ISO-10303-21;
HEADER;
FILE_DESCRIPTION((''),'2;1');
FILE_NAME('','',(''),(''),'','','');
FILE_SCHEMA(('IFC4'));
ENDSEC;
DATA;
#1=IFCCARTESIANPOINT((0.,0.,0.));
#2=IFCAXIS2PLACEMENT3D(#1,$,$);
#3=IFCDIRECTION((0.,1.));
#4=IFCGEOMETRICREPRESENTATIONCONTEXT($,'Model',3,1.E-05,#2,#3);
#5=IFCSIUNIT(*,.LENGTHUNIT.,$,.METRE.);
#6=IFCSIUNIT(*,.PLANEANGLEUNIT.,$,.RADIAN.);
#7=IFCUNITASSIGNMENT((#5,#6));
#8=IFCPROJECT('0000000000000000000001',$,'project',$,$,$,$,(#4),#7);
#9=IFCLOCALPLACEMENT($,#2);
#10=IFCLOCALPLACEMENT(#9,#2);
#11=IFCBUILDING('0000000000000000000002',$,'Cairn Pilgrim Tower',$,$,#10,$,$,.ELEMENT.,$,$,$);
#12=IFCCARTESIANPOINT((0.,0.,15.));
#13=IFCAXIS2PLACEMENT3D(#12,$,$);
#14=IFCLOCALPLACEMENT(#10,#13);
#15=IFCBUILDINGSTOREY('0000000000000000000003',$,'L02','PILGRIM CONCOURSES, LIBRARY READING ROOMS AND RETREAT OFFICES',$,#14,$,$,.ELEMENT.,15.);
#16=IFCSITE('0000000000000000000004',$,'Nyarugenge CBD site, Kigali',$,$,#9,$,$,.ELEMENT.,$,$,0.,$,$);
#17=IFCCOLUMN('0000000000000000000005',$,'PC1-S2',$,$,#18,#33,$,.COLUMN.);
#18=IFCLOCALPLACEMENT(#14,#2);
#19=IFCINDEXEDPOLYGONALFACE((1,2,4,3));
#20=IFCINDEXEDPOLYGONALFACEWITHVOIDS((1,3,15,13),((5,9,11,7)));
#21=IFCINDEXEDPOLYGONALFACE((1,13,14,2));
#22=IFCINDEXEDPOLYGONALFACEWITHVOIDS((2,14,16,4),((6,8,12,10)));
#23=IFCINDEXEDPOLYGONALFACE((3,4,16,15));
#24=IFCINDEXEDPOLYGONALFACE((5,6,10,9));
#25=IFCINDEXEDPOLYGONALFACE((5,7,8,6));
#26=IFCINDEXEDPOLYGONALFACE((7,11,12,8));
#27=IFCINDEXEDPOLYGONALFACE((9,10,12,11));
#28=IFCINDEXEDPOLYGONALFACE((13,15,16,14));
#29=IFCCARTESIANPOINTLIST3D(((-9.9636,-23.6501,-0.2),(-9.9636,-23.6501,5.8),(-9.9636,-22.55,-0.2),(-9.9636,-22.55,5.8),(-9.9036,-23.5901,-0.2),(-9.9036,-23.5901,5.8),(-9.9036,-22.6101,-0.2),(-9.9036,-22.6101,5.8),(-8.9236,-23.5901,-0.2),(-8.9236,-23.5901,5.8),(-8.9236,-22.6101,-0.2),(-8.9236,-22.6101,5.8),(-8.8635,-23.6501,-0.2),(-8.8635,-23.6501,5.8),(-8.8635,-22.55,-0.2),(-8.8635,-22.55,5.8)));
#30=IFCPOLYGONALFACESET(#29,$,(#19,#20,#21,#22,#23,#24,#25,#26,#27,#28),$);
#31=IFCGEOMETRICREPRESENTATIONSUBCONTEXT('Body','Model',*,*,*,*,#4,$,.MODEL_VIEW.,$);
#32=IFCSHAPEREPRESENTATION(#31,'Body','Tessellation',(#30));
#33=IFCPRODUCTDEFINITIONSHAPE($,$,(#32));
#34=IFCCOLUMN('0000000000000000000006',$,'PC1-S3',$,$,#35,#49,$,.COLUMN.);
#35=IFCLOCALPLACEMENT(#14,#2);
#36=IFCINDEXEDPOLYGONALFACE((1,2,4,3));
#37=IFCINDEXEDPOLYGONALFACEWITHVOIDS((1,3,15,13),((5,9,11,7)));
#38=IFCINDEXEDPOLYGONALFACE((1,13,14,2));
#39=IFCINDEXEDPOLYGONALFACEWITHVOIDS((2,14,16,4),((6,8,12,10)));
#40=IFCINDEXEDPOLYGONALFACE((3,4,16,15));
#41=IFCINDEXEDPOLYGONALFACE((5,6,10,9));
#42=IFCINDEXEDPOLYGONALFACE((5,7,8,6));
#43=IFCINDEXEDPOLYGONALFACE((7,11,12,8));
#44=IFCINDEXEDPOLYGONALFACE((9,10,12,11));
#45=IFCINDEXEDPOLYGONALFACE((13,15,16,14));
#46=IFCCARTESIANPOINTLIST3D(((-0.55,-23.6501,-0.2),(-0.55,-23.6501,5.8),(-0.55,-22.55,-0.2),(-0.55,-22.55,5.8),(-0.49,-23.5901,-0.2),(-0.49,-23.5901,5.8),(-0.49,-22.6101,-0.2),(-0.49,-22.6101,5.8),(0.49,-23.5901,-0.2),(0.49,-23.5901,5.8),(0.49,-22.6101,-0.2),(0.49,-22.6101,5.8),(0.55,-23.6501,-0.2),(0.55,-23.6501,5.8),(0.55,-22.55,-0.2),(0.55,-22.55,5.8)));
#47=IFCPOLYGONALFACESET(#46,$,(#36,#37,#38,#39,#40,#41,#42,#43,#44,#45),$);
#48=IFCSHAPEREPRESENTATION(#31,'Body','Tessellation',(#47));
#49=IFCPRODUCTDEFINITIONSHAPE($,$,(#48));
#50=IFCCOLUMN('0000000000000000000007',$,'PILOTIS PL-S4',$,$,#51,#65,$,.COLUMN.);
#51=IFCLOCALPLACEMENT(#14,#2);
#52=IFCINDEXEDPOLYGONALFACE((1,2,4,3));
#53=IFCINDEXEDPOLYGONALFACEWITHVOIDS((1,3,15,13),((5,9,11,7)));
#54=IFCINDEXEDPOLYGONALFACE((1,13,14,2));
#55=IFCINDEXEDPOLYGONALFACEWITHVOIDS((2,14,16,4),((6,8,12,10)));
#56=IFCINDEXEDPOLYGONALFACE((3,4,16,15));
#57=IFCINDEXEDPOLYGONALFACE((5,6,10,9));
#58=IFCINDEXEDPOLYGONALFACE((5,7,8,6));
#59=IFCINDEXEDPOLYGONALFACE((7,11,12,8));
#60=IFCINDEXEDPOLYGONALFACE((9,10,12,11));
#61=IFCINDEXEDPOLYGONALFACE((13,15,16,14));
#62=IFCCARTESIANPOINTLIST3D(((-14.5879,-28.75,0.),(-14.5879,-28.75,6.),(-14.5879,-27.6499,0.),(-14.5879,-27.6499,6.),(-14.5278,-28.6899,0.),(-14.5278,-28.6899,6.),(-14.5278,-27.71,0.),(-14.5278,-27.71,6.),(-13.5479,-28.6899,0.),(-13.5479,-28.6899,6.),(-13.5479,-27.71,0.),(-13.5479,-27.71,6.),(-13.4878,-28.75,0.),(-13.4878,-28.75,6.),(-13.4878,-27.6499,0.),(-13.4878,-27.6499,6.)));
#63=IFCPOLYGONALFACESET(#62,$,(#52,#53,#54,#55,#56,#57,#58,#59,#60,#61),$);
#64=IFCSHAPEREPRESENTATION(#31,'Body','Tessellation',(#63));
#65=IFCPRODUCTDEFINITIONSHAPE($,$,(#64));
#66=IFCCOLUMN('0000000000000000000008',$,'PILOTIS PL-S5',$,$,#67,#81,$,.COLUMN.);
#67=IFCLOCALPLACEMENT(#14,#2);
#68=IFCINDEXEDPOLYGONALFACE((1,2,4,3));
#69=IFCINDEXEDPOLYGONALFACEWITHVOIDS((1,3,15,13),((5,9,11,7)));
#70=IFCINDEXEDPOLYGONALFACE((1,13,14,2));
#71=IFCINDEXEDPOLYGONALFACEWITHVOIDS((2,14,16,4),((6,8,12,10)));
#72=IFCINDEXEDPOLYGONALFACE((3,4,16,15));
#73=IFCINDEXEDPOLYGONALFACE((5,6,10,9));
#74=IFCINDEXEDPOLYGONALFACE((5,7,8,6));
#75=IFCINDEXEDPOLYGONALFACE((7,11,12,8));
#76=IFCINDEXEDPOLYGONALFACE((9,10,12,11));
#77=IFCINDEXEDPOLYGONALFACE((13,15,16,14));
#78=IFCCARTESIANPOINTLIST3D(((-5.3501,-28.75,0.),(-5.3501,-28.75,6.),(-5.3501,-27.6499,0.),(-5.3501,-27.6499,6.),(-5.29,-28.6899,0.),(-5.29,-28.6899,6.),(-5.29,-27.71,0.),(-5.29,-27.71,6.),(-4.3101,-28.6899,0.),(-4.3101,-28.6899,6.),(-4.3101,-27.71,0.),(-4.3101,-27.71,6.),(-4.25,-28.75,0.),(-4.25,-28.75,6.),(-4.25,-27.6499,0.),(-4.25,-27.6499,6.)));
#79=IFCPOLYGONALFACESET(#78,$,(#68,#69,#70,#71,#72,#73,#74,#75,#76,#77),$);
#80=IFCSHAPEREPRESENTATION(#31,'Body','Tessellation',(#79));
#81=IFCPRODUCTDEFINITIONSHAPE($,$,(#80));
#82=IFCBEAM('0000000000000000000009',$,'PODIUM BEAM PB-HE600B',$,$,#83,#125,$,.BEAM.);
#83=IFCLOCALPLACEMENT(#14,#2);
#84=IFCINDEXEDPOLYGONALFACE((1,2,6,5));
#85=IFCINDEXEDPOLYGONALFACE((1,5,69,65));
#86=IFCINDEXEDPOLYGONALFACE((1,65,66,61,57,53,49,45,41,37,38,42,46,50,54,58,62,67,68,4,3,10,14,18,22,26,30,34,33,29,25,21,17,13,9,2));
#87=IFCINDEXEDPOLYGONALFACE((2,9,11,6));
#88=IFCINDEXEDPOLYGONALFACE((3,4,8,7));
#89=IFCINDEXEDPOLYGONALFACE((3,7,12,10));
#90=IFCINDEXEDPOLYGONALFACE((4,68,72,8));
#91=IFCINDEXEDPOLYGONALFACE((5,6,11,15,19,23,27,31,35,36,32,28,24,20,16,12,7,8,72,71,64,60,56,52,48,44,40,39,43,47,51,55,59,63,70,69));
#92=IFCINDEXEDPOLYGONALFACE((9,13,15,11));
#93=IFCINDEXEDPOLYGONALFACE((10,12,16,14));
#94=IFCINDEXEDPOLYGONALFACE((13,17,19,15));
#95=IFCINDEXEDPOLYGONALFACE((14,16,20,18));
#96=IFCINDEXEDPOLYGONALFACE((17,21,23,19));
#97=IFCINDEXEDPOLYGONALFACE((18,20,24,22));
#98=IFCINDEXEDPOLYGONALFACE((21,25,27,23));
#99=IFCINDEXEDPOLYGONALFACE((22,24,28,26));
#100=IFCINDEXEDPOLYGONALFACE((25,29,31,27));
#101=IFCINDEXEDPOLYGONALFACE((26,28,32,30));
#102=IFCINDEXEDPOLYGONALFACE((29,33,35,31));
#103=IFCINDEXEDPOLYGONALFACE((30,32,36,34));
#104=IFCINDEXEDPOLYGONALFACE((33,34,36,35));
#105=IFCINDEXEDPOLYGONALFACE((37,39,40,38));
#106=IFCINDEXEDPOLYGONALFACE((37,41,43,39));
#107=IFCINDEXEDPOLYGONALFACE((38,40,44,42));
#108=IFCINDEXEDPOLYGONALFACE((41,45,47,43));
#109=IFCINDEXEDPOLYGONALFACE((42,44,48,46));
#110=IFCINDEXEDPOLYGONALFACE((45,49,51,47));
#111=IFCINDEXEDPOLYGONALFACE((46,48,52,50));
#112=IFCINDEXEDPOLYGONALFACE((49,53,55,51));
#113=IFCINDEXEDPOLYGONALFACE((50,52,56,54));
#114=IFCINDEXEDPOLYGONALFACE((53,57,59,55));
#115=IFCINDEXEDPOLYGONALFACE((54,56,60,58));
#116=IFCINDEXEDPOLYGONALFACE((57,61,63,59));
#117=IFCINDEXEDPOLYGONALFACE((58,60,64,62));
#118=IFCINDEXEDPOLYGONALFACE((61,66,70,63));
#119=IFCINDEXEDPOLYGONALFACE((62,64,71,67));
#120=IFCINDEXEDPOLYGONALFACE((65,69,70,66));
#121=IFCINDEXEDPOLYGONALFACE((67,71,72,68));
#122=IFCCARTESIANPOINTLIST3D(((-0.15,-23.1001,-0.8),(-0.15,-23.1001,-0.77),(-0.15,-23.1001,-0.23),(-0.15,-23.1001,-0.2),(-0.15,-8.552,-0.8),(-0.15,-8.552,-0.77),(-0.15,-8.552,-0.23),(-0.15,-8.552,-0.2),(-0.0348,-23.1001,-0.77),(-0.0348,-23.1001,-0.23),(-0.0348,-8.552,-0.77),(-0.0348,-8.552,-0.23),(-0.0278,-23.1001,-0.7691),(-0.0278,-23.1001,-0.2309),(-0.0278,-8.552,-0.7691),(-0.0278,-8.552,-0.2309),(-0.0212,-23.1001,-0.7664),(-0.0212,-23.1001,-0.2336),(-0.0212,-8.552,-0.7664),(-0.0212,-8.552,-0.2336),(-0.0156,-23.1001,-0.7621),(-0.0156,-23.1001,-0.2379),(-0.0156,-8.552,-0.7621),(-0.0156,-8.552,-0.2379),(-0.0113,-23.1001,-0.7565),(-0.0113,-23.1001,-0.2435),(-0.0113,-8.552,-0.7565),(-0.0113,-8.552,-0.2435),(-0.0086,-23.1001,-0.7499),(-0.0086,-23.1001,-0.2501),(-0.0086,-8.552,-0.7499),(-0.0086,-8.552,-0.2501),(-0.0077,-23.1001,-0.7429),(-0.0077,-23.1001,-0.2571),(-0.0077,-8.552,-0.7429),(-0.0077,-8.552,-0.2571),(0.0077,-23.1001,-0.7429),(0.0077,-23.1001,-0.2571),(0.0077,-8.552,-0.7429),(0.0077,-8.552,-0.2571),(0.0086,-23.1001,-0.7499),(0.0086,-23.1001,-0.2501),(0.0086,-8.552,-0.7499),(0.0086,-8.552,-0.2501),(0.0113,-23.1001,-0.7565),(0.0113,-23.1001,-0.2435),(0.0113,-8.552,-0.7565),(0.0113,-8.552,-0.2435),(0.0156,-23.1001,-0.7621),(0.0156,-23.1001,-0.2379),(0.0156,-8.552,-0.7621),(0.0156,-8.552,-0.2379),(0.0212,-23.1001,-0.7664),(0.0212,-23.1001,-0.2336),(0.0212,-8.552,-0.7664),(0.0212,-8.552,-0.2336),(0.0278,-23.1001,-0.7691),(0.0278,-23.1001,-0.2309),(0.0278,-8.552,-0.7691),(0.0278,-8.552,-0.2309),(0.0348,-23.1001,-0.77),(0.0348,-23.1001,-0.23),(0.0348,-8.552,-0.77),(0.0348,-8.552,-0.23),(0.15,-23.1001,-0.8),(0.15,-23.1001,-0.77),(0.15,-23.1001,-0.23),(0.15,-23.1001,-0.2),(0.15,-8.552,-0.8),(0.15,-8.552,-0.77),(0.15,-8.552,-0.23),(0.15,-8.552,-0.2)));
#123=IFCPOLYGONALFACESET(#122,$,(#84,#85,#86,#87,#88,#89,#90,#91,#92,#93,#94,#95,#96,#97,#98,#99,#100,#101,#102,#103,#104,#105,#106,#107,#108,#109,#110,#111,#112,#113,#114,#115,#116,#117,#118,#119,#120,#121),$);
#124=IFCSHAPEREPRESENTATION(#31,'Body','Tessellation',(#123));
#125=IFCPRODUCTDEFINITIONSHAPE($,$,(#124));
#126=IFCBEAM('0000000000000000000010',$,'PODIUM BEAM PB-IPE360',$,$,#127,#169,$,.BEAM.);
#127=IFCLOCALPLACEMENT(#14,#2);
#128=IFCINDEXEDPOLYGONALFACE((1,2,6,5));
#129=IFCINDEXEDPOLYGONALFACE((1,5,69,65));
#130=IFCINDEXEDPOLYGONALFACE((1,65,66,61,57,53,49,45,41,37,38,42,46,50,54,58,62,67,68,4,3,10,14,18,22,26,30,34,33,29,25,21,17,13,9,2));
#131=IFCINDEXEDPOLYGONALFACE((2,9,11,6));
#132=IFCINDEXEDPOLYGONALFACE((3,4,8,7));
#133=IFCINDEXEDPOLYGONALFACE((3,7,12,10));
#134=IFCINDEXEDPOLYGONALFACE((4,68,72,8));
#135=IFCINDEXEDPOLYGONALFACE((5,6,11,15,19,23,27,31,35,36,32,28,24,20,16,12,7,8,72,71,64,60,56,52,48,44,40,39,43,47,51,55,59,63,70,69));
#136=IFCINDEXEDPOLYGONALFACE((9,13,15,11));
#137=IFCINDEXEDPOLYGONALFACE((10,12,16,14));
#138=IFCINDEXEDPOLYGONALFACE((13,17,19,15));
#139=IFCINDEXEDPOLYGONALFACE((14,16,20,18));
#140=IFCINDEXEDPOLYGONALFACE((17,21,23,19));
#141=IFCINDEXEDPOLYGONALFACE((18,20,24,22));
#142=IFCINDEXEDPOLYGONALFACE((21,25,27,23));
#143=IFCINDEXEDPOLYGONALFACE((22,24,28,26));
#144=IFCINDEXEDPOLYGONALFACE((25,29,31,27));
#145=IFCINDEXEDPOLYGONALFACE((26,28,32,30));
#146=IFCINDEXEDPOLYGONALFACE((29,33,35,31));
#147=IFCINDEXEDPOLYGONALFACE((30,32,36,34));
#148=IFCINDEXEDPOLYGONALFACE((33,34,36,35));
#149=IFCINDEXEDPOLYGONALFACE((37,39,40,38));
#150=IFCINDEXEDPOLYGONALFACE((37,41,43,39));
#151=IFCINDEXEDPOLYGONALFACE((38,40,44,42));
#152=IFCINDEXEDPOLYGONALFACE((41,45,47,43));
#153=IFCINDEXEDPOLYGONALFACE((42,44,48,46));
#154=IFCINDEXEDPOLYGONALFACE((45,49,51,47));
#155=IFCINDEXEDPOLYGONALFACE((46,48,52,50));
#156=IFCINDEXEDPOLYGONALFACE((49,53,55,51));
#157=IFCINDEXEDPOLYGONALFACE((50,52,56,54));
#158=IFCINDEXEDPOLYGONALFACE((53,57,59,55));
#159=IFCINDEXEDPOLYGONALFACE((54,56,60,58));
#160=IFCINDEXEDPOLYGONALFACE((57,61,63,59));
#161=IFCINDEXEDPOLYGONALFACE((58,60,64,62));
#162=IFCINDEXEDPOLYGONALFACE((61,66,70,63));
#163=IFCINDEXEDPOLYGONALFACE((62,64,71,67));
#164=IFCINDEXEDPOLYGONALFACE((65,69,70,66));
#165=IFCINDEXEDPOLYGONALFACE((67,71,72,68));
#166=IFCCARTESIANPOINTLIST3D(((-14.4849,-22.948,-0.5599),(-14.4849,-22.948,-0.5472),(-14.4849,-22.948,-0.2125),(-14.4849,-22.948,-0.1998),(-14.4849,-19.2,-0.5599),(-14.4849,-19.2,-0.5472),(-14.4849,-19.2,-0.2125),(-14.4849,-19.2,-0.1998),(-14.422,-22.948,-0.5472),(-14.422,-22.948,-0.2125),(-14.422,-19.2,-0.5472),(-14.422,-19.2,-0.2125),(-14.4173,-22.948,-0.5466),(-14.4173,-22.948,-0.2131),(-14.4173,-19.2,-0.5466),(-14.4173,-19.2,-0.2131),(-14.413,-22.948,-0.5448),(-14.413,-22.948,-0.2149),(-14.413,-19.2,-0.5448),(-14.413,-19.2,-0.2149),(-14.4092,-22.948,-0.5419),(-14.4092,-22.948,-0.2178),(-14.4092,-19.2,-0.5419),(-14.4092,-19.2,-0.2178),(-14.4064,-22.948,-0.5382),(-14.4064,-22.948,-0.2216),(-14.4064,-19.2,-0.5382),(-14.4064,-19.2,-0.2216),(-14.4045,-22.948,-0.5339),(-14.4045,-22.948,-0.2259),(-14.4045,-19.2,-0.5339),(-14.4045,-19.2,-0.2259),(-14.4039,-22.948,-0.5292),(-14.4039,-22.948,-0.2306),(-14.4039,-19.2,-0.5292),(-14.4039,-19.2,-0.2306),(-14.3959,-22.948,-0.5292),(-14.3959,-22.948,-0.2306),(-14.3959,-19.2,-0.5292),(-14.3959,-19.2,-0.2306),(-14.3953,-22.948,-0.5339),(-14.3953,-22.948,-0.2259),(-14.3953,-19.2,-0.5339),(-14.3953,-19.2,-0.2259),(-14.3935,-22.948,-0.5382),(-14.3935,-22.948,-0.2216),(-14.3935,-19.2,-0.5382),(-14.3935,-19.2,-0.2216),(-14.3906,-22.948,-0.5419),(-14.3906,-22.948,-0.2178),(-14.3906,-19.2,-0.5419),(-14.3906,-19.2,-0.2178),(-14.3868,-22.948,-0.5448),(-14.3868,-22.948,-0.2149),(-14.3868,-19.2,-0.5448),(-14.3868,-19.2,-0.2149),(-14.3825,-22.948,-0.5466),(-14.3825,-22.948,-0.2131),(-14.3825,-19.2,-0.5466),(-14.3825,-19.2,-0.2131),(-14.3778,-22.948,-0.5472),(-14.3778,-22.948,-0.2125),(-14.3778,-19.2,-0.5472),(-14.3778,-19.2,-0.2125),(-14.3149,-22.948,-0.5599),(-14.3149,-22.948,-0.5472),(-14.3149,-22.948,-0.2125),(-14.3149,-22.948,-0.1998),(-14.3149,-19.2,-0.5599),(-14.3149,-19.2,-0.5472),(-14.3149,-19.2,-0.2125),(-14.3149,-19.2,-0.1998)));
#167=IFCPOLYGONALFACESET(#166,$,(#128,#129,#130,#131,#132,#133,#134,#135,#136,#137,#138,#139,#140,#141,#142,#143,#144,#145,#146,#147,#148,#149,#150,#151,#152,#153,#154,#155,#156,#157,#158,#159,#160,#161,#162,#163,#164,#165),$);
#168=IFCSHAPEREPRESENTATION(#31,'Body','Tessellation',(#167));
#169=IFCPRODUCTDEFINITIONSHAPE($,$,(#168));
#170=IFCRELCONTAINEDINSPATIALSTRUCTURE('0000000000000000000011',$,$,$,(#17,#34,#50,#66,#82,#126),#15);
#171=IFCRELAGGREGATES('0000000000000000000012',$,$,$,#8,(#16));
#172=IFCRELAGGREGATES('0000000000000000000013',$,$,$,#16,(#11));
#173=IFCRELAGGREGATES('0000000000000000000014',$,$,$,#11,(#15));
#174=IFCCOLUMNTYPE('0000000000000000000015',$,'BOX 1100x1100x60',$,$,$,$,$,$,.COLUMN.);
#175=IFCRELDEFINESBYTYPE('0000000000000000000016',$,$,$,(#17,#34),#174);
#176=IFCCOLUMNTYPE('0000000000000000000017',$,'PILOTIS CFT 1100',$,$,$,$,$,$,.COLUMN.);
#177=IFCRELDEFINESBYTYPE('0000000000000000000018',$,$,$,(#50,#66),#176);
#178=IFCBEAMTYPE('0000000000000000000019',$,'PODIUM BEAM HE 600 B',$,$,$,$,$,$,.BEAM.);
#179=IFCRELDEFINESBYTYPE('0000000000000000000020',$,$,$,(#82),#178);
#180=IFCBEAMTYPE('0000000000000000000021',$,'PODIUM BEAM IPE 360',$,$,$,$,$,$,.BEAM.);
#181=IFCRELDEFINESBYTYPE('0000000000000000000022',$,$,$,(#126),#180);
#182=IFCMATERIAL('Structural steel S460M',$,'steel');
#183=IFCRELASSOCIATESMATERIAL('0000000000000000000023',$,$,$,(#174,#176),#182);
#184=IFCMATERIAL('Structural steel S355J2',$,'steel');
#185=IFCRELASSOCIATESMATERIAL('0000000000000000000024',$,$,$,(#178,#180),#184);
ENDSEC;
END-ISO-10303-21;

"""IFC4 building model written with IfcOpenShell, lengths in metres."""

from ifc_helpers import new_model, si_unit, direction, frame, origin, origin_2d, place, context, subcontext, project, spatial, hollow_rectangle, i_section, extrude, material, material_profile, profile_set, type_object, element, save


model = new_model("IFC4")

# Units and contexts
model_context = context("Model", 3, precision=1e-05, world=origin(), true_north=direction((0.0, 1.0)))
body_context = subcontext(model_context, "Body", "Model", "MODEL_VIEW")
ifc_project = project(units=[si_unit("LENGTHUNIT", "METRE"), si_unit("PLANEANGLEUNIT", "RADIAN")], contexts=[model_context])

# Site, building, storey
site_placement = place(None, origin())
site = spatial("IfcSite", under=ifc_project, at=site_placement, Name="Nyarugenge CBD site, Kigali", CompositionType="ELEMENT", RefElevation=0.0)
building_placement = place(site_placement, origin())
building = spatial("IfcBuilding", under=site, at=building_placement, Name="Cairn Pilgrim Tower", CompositionType="ELEMENT")
storey_placement = place(building_placement, frame((0.0, 0.0, 15.0)))
storey = spatial("IfcBuildingStorey", under=building, at=storey_placement, Name="L02", Description="PILGRIM CONCOURSES, LIBRARY READING ROOMS AND RETREAT OFFICES", CompositionType="ELEMENT", Elevation=15.0)

# Columns
ifc_material_1 = material(Name="Structural steel S460M", Category="steel")
ifc_material_profile_1 = material_profile(ifc_material_1, hollow_rectangle(XDim=1.1001, YDim=1.1001, WallThickness=0.0601, at=origin_2d()), Name="BOX 1100x1100x60")
ifc_profile_set_1 = profile_set([ifc_material_profile_1], Name="Structural steel S460M")
column_type_1 = type_object("IfcColumnType", Name="BOX 1100x1100x60", PredefinedType="COLUMN", material=ifc_profile_set_1)
for number, where, z_axis, x_axis, name in (
    (1, (-9.4136, -23.1001, -0.2), (0.0, 0.0, 1.0), (1.0, 0.0, 0.0), "PC1-S2"),
    (2, (0.0, -23.1001, -0.2), (0.0, 0.0, 1.0), (1.0, 0.0, 0.0), "PC1-S3"),
):
    element("IfcColumn", number, at=place(storey_placement, frame(where, z_axis=z_axis, x_axis=x_axis)), inside=storey, type_object=column_type_1, Name=name, PredefinedType="COLUMN", context=body_context, shape_type="SweptSolid", body=[
        extrude(hollow_rectangle(XDim=1.1001, YDim=1.1001, WallThickness=0.0601, at=origin_2d()), origin(), (0.0, 0.0, 1.0), 6.0),
    ])
ifc_material_profile_2 = material_profile(ifc_material_1, hollow_rectangle(XDim=1.1001, YDim=1.1001, WallThickness=0.0601, at=origin_2d()), Name="BOX 1100x1100x60")
ifc_profile_set_2 = profile_set([ifc_material_profile_2], Name="Structural steel S460M")
column_type_2 = type_object("IfcColumnType", Name="PILOTIS CFT 1100", PredefinedType="COLUMN", material=ifc_profile_set_2)
for number, where, z_axis, x_axis, name in (
    (3, (-14.0378, -28.2, 0.0), (0.0, 0.0, 1.0), (1.0, 0.0, 0.0), "PILOTIS PL-S4"),
    (4, (-4.8, -28.2, 0.0), (0.0, 0.0, 1.0), (1.0, 0.0, 0.0), "PILOTIS PL-S5"),
):
    element("IfcColumn", number, at=place(storey_placement, frame(where, z_axis=z_axis, x_axis=x_axis)), inside=storey, type_object=column_type_2, Name=name, PredefinedType="COLUMN", context=body_context, shape_type="SweptSolid", body=[
        extrude(hollow_rectangle(XDim=1.1001, YDim=1.1001, WallThickness=0.0601, at=origin_2d()), origin(), (0.0, 0.0, 1.0), 6.0),
    ])

# Beams
ifc_material_2 = material(Name="Structural steel S355J2", Category="steel")
ifc_material_profile_3 = material_profile(ifc_material_2, i_section(OverallWidth=0.3, OverallDepth=0.6001, WebThickness=0.0154, FlangeThickness=0.03, FilletRadius=0.0271, at=origin_2d()), Name="HEB 600")
ifc_profile_set_3 = profile_set([ifc_material_profile_3], Name="Structural steel S355J2")
beam_type_1 = type_object("IfcBeamType", Name="PODIUM BEAM HE 600 B", PredefinedType="BEAM", material=ifc_profile_set_3)
beam_1_placement = place(storey_placement, frame((0.0, -23.1001, -0.5), z_axis=(0.0, 1.0, 0.0), x_axis=(-1.0, 0.0, 0.0)))
element("IfcBeam", 5, at=beam_1_placement, inside=storey, type_object=beam_type_1, Name="PODIUM BEAM PB-HE600B", PredefinedType="BEAM", context=body_context, shape_type="SweptSolid", body=[
    extrude(i_section(OverallWidth=0.3, OverallDepth=0.6001, WebThickness=0.0154, FlangeThickness=0.03, FilletRadius=0.0271, at=origin_2d()), origin(), (0.0, 0.0, 1.0), 14.5481),
])
ifc_material_profile_4 = material_profile(ifc_material_2, i_section(OverallWidth=0.1699, OverallDepth=0.3601, WebThickness=0.0081, FlangeThickness=0.0127, FilletRadius=0.0181, at=origin_2d()), Name="IPE 360")
ifc_profile_set_4 = profile_set([ifc_material_profile_4], Name="Structural steel S355J2")
beam_type_2 = type_object("IfcBeamType", Name="PODIUM BEAM IPE 360", PredefinedType="BEAM", material=ifc_profile_set_4)
beam_2_placement = place(storey_placement, frame((-14.3999, -22.948, -0.3799), z_axis=(0.0, 1.0, 0.0), x_axis=(-1.0, 0.0, 0.0)))
element("IfcBeam", 6, at=beam_2_placement, inside=storey, type_object=beam_type_2, Name="PODIUM BEAM PB-IPE360", PredefinedType="BEAM", context=body_context, shape_type="SweptSolid", body=[
    extrude(i_section(OverallWidth=0.1699, OverallDepth=0.3601, WebThickness=0.0081, FlangeThickness=0.0127, FilletRadius=0.0181, at=origin_2d()), origin(), (0.0, 0.0, 1.0), 3.748),
])

save(model, "model.ifc")
